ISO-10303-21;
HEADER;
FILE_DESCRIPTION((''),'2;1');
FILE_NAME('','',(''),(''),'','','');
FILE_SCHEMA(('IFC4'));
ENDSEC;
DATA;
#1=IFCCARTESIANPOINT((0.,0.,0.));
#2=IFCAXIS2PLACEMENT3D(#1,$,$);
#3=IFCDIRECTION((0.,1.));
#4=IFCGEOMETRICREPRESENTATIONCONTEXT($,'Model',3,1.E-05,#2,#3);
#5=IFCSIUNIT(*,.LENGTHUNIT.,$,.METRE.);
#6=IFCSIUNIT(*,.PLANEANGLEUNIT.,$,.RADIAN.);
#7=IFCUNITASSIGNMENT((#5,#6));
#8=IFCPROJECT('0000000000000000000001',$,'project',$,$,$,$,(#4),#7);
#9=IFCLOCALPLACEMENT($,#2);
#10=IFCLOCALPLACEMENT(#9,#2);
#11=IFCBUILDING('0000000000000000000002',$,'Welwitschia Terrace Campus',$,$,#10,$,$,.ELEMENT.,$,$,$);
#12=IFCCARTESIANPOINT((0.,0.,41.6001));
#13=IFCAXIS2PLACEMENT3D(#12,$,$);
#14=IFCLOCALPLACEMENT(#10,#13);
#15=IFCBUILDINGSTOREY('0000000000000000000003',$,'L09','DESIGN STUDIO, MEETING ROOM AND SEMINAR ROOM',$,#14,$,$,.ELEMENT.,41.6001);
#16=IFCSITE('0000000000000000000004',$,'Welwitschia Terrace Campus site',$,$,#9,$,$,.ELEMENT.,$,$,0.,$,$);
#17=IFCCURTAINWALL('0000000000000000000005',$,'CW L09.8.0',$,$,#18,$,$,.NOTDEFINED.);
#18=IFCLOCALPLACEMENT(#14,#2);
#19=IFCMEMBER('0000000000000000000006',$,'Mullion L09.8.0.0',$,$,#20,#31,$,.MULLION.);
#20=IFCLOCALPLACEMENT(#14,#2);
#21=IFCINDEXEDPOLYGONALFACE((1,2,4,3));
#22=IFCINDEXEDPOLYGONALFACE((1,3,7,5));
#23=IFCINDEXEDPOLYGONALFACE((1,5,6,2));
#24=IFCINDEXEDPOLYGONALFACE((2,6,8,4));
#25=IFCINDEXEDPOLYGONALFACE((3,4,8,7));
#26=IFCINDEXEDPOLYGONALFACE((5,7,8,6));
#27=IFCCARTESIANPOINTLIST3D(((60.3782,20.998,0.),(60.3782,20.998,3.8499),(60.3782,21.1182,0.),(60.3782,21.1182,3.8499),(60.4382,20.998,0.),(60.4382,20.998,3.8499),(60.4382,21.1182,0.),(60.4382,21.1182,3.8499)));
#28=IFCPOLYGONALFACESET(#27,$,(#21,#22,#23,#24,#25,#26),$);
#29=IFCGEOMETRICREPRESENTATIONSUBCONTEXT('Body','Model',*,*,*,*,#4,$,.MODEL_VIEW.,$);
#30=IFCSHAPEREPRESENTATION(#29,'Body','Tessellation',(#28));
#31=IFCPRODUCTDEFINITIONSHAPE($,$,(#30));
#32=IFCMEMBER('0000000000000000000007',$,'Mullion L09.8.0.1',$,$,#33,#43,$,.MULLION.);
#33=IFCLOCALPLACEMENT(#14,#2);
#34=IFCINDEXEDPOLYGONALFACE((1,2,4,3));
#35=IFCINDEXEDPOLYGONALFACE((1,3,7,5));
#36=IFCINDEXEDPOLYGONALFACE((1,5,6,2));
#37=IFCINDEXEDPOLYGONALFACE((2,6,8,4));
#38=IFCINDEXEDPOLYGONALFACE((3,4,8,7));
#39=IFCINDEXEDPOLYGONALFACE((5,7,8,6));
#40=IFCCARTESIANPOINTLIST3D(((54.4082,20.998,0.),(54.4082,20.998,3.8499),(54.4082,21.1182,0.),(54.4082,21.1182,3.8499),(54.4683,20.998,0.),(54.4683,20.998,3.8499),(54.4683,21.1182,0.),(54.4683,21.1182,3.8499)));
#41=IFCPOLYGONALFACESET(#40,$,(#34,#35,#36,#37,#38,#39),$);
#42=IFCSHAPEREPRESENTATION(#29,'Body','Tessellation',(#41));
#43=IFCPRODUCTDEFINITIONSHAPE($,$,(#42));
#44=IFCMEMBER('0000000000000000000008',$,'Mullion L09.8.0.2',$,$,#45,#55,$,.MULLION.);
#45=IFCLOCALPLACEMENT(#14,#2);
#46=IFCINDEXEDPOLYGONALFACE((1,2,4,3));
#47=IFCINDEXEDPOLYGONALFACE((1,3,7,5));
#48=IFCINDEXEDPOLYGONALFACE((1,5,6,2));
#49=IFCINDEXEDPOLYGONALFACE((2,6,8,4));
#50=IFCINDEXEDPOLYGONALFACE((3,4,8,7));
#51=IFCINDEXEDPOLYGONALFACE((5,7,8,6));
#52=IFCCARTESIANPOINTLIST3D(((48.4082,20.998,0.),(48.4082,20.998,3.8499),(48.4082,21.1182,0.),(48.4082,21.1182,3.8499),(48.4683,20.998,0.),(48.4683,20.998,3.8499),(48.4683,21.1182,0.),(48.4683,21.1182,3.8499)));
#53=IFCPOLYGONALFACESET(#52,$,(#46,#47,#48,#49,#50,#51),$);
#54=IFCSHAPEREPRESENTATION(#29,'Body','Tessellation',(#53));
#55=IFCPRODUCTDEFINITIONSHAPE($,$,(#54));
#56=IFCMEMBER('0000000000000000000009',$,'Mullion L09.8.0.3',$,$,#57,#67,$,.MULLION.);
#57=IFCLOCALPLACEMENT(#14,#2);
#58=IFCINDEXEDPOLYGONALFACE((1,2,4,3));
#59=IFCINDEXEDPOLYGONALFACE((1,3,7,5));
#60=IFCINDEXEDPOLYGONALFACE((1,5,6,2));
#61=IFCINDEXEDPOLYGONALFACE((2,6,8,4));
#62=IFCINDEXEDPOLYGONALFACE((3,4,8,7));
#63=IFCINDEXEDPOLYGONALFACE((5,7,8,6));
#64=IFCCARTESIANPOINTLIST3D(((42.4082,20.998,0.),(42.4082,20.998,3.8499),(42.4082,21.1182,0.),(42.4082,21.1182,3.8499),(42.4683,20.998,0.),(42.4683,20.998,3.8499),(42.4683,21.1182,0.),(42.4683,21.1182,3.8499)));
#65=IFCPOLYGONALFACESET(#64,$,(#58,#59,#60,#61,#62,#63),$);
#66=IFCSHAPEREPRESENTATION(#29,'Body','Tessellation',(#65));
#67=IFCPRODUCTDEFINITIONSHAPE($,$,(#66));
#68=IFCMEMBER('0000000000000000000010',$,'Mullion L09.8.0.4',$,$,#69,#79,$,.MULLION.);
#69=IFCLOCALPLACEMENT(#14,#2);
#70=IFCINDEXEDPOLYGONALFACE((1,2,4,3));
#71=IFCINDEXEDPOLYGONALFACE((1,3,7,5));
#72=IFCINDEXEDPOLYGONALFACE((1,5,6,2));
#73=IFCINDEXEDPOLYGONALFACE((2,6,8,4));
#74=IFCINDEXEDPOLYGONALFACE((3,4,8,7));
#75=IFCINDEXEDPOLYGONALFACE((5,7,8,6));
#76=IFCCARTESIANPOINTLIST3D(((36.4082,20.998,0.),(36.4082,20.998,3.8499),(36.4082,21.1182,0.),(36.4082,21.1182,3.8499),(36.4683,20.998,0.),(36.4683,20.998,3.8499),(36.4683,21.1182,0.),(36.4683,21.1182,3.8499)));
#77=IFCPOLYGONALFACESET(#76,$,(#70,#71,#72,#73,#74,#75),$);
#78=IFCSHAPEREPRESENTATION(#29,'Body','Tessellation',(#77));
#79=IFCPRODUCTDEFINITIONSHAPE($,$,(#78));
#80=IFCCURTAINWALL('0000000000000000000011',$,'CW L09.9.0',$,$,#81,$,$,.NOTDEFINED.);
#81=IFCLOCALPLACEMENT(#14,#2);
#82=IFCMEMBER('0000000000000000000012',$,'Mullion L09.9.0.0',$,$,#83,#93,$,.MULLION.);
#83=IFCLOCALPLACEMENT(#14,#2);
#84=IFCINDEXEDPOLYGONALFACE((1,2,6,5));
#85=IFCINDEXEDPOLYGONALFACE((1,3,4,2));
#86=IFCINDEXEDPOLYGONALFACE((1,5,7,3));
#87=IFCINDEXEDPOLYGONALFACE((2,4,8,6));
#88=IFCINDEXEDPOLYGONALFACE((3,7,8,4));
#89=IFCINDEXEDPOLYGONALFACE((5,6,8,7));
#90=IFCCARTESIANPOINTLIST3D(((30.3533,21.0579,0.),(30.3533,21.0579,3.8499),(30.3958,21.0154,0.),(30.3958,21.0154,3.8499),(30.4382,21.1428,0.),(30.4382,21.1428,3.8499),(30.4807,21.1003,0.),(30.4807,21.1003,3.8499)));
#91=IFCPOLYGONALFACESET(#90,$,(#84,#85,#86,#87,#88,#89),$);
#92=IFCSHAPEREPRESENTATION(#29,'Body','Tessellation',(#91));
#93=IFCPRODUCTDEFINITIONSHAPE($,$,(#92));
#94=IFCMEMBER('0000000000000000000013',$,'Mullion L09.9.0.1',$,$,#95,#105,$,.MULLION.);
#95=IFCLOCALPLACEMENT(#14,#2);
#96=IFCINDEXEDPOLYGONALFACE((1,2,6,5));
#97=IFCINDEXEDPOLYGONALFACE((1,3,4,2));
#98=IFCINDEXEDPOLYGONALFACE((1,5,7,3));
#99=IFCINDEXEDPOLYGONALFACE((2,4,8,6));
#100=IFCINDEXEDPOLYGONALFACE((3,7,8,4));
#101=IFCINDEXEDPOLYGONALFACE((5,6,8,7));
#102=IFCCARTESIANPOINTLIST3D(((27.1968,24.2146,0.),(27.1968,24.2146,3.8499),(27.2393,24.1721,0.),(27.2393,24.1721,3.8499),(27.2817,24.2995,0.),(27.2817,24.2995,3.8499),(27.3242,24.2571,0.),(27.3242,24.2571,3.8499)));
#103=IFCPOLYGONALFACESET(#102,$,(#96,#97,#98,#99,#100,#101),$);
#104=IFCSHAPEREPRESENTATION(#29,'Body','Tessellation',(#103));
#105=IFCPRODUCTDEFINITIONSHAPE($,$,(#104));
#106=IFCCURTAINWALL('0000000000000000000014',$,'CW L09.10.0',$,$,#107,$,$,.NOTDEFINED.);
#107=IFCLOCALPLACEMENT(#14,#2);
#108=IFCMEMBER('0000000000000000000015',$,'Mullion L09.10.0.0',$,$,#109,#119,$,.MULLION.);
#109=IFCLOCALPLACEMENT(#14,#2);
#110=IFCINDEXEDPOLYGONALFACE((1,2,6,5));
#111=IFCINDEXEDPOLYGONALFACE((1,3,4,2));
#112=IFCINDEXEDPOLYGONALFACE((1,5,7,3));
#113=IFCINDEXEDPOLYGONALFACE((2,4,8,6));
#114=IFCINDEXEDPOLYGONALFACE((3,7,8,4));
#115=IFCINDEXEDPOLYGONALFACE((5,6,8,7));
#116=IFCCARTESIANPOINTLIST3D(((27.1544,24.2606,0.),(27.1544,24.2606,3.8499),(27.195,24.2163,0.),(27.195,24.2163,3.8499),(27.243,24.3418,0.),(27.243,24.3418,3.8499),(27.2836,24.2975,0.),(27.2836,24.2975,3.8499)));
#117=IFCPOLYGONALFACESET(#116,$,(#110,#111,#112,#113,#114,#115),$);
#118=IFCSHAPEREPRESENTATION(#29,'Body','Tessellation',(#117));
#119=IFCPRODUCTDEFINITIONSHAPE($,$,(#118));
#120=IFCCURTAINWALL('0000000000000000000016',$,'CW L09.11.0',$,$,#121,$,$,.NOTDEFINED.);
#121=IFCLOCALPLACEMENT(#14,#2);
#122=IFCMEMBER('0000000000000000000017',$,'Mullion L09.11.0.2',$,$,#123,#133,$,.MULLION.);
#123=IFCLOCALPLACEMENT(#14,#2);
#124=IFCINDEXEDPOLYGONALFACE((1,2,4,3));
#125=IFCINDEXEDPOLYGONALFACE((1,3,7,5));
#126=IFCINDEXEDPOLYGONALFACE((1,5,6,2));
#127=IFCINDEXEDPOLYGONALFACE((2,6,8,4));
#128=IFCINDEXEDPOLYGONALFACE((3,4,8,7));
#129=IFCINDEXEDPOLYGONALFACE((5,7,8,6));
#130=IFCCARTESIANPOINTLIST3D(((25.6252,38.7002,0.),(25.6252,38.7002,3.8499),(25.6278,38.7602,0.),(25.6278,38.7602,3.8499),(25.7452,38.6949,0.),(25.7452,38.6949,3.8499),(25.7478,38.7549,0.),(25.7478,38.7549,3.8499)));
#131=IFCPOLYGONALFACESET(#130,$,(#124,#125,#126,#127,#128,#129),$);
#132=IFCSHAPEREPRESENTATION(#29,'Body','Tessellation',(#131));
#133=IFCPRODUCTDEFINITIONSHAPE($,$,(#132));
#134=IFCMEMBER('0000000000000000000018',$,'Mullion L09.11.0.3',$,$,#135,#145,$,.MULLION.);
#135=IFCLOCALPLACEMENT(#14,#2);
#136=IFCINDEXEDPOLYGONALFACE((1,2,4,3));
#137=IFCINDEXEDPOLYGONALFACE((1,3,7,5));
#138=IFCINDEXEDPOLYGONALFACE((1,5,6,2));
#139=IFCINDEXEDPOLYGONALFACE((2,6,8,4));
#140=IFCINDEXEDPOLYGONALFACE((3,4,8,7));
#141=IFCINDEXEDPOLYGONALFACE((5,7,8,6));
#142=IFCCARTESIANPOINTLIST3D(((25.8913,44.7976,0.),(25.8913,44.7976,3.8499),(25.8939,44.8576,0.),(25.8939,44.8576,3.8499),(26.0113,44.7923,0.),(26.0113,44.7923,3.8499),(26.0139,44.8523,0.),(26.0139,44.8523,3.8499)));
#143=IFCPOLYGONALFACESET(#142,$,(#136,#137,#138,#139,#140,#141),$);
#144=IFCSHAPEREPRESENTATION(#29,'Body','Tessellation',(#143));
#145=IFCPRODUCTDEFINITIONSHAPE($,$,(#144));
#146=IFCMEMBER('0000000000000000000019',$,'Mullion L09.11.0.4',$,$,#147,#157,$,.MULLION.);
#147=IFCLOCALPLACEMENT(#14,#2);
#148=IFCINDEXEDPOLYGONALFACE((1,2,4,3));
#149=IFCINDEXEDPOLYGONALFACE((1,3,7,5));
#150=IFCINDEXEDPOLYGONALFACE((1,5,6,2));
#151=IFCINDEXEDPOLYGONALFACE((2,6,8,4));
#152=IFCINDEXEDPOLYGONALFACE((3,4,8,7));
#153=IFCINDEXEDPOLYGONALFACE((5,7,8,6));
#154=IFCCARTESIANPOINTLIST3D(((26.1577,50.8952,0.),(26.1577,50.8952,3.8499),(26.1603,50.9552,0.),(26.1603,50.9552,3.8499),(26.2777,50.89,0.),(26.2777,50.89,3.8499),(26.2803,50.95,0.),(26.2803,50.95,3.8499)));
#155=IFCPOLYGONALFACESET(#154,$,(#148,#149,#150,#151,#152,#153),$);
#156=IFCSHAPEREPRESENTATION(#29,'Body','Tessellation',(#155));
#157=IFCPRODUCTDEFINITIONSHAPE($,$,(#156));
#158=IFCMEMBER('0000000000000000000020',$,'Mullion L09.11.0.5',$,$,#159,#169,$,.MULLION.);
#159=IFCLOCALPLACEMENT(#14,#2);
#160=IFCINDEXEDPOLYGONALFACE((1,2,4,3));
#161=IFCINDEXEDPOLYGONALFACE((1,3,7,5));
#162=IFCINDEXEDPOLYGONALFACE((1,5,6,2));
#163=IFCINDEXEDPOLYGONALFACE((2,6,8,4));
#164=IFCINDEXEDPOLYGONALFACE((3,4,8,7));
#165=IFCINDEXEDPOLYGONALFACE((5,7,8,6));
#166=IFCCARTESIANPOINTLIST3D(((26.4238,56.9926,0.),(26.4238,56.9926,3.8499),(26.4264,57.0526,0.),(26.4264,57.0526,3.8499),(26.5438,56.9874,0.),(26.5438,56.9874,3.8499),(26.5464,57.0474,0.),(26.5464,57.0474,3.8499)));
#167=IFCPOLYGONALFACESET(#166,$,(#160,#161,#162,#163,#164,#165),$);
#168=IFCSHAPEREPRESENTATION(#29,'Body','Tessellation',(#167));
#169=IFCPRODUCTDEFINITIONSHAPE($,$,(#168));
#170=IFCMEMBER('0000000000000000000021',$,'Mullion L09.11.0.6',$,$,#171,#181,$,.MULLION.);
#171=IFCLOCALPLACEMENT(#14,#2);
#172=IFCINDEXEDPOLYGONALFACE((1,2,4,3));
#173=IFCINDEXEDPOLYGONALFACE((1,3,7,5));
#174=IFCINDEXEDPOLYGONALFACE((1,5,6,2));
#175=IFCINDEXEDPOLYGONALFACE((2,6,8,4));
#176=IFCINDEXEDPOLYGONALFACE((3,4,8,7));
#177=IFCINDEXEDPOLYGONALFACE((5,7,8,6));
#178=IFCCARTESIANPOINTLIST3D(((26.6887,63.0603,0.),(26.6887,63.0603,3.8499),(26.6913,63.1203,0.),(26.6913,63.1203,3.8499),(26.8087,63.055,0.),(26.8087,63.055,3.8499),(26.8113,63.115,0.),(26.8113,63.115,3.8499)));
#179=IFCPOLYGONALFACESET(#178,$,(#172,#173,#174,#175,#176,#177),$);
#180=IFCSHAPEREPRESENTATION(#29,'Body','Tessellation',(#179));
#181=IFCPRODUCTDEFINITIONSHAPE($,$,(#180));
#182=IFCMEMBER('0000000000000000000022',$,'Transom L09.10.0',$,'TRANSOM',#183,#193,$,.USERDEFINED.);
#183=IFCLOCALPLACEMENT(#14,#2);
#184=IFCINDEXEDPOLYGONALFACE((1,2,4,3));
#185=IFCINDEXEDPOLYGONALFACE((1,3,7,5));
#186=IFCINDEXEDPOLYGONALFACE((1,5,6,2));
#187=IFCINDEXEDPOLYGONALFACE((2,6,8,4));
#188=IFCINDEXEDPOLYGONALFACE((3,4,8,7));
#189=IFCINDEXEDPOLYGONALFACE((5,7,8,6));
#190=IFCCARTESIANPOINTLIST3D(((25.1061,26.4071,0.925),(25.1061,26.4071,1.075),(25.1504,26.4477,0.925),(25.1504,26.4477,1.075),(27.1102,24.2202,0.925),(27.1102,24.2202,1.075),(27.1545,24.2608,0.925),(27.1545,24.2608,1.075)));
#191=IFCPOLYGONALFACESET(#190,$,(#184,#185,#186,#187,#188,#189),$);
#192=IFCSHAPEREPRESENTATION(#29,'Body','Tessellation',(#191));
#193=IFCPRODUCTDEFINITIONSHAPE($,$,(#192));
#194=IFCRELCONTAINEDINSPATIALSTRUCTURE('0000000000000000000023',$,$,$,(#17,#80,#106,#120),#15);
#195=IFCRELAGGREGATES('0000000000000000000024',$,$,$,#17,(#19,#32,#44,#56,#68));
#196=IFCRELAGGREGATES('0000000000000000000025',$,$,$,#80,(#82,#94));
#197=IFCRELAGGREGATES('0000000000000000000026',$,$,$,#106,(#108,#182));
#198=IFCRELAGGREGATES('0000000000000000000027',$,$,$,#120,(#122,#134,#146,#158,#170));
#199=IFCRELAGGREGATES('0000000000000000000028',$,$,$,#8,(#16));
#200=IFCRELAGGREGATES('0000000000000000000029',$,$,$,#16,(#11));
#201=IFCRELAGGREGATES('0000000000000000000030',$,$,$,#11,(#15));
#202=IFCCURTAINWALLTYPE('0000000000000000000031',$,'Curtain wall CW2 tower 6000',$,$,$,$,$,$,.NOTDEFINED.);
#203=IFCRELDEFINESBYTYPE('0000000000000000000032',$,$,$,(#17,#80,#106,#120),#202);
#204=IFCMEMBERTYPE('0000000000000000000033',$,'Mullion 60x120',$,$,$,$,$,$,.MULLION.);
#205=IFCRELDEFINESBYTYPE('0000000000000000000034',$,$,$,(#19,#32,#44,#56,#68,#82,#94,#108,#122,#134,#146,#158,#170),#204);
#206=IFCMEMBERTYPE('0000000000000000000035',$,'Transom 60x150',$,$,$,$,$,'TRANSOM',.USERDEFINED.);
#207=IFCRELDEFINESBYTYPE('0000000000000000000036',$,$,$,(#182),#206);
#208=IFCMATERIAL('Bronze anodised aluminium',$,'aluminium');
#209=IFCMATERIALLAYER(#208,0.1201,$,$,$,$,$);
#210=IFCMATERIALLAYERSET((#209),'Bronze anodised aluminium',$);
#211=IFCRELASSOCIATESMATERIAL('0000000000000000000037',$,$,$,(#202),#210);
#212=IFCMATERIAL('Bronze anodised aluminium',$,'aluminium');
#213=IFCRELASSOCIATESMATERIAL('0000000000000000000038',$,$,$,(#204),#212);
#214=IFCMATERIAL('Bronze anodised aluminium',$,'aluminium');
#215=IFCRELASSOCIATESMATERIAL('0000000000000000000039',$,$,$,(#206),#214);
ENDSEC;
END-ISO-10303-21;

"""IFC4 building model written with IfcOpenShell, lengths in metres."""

from ifc_helpers import new_model, si_unit, direction, frame, origin, origin_2d, place, context, subcontext, project, spatial, rectangle, extrude, material, layer, layer_set, material_profile, profile_set, type_object, element, aggregate, save


model = new_model("IFC4")

# Units and contexts
model_context = context("Model", 3, precision=1e-05, world=origin(), true_north=direction((0.0, 1.0)))
body_context = subcontext(model_context, "Body", "Model", "MODEL_VIEW")
ifc_project = project(units=[si_unit("LENGTHUNIT", "METRE"), si_unit("PLANEANGLEUNIT", "RADIAN")], contexts=[model_context])

# Site, building, storey
site_placement = place(None, origin())
site = spatial("IfcSite", under=ifc_project, at=site_placement, Name="Welwitschia Terrace Campus site", CompositionType="ELEMENT", RefElevation=0.0)
building_placement = place(site_placement, origin())
building = spatial("IfcBuilding", under=site, at=building_placement, Name="Welwitschia Terrace Campus", CompositionType="ELEMENT")
storey_placement = place(building_placement, frame((0.0, 0.0, 41.6001)))
storey = spatial("IfcBuildingStorey", under=building, at=storey_placement, Name="L09", Description="DESIGN STUDIO, MEETING ROOM AND SEMINAR ROOM", CompositionType="ELEMENT", Elevation=41.6001)

# Curtain walls, members
ifc_material_1 = material(Name="Bronze anodised aluminium", Category="aluminium")
ifc_layer_1 = layer(ifc_material_1, 0.1201)
ifc_layer_set_1 = layer_set([ifc_layer_1], Name="Bronze anodised aluminium")
curtain_wall_type = type_object("IfcCurtainWallType", Name="Curtain wall CW2 tower 6000", PredefinedType="NOTDEFINED", material=ifc_layer_set_1)
curtain_wall_1_placement = place(storey_placement, origin())
curtain_wall_1 = element("IfcCurtainWall", 1, at=curtain_wall_1_placement, inside=storey, type_object=curtain_wall_type, Name="CW L09.8.0", PredefinedType="NOTDEFINED")
ifc_material_2 = material(Name="Bronze anodised aluminium", Category="aluminium")
ifc_material_profile_1 = material_profile(ifc_material_2, rectangle(XDim=0.1201, YDim=0.0601, at=origin_2d()))
ifc_profile_set_1 = profile_set([ifc_material_profile_1], Name="Bronze anodised aluminium")
member_type_1 = type_object("IfcMemberType", Name="Mullion 60x120", PredefinedType="MULLION", material=ifc_profile_set_1)
member_1_placement = place(storey_placement, frame((60.4082, 21.0581, 0.0), z_axis=(0.0, 0.0, 1.0), x_axis=(0.0, -1.0, 0.0)))
member_1 = element("IfcMember", 2, at=member_1_placement, type_object=member_type_1, Name="Mullion L09.8.0.0", PredefinedType="MULLION", context=body_context, shape_type="SweptSolid", body=[
    extrude(rectangle(XDim=0.1201, YDim=0.0601, at=origin_2d()), origin(), (0.0, 0.0, 1.0), 3.8499),
])
member_2_placement = place(storey_placement, frame((54.4382, 21.0581, 0.0), z_axis=(0.0, 0.0, 1.0), x_axis=(0.0, -1.0, 0.0)))
member_2 = element("IfcMember", 3, at=member_2_placement, type_object=member_type_1, Name="Mullion L09.8.0.1", PredefinedType="MULLION", context=body_context, shape_type="SweptSolid", body=[
    extrude(rectangle(XDim=0.1201, YDim=0.0601, at=origin_2d()), origin(), (0.0, 0.0, 1.0), 3.8499),
])
member_3_placement = place(storey_placement, frame((48.4382, 21.0581, 0.0), z_axis=(0.0, 0.0, 1.0), x_axis=(0.0, -1.0, 0.0)))
member_3 = element("IfcMember", 4, at=member_3_placement, type_object=member_type_1, Name="Mullion L09.8.0.2", PredefinedType="MULLION", context=body_context, shape_type="SweptSolid", body=[
    extrude(rectangle(XDim=0.1201, YDim=0.0601, at=origin_2d()), origin(), (0.0, 0.0, 1.0), 3.8499),
])
member_4_placement = place(storey_placement, frame((42.4382, 21.0581, 0.0), z_axis=(0.0, 0.0, 1.0), x_axis=(0.0, -1.0, 0.0)))
member_4 = element("IfcMember", 5, at=member_4_placement, type_object=member_type_1, Name="Mullion L09.8.0.3", PredefinedType="MULLION", context=body_context, shape_type="SweptSolid", body=[
    extrude(rectangle(XDim=0.1201, YDim=0.0601, at=origin_2d()), origin(), (0.0, 0.0, 1.0), 3.8499),
])
member_5_placement = place(storey_placement, frame((36.4382, 21.0581, 0.0), z_axis=(0.0, 0.0, 1.0), x_axis=(0.0, -1.0, 0.0)))
member_5 = element("IfcMember", 6, at=member_5_placement, type_object=member_type_1, Name="Mullion L09.8.0.4", PredefinedType="MULLION", context=body_context, shape_type="SweptSolid", body=[
    extrude(rectangle(XDim=0.1201, YDim=0.0601, at=origin_2d()), origin(), (0.0, 0.0, 1.0), 3.8499),
])
curtain_wall_2_placement = place(storey_placement, origin())
curtain_wall_2 = element("IfcCurtainWall", 7, at=curtain_wall_2_placement, inside=storey, type_object=curtain_wall_type, Name="CW L09.9.0", PredefinedType="NOTDEFINED")
member_6_placement = place(storey_placement, frame((30.417, 21.0791, 0.0), z_axis=(0.0, 0.0, 1.0), x_axis=(-0.707107, -0.707107, 0.0)))
member_6 = element("IfcMember", 8, at=member_6_placement, type_object=member_type_1, Name="Mullion L09.9.0.0", PredefinedType="MULLION", context=body_context, shape_type="SweptSolid", body=[
    extrude(rectangle(XDim=0.1201, YDim=0.0601, at=origin_2d()), origin(), (0.0, 0.0, 1.0), 3.8499),
])
member_7_placement = place(storey_placement, frame((27.2605, 24.2358, 0.0), z_axis=(0.0, 0.0, 1.0), x_axis=(-0.707107, -0.707107, 0.0)))
member_7 = element("IfcMember", 9, at=member_7_placement, type_object=member_type_1, Name="Mullion L09.9.0.1", PredefinedType="MULLION", context=body_context, shape_type="SweptSolid", body=[
    extrude(rectangle(XDim=0.1201, YDim=0.0601, at=origin_2d()), origin(), (0.0, 0.0, 1.0), 3.8499),
])

# Curtain wall, member
curtain_wall_3_placement = place(storey_placement, origin())
curtain_wall_3 = element("IfcCurtainWall", 10, at=curtain_wall_3_placement, inside=storey, type_object=curtain_wall_type, Name="CW L09.10.0", PredefinedType="NOTDEFINED")
member_8_placement = place(storey_placement, frame((27.219, 24.2791, 0.0), z_axis=(0.0, 0.0, 1.0), x_axis=(-0.737277, -0.67559, 0.0)))
member_8 = element("IfcMember", 11, at=member_8_placement, type_object=member_type_1, Name="Mullion L09.10.0.0", PredefinedType="MULLION", context=body_context, shape_type="SweptSolid", body=[
    extrude(rectangle(XDim=0.1201, YDim=0.0601, at=origin_2d()), origin(), (0.0, 0.0, 1.0), 3.8499),
])

# Curtain wall, members
curtain_wall_4_placement = place(storey_placement, origin())
curtain_wall_4 = element("IfcCurtainWall", 12, at=curtain_wall_4_placement, inside=storey, type_object=curtain_wall_type, Name="CW L09.11.0", PredefinedType="NOTDEFINED")
member_9_placement = place(storey_placement, frame((25.6865, 38.7275, 0.0), z_axis=(0.0, 0.0, 1.0), x_axis=(-0.999048, 0.043619, 0.0)))
member_9 = element("IfcMember", 13, at=member_9_placement, type_object=member_type_1, Name="Mullion L09.11.0.2", PredefinedType="MULLION", context=body_context, shape_type="SweptSolid", body=[
    extrude(rectangle(XDim=0.1201, YDim=0.0601, at=origin_2d()), origin(), (0.0, 0.0, 1.0), 3.8499),
])
member_10_placement = place(storey_placement, frame((25.9526, 44.825, 0.0), z_axis=(0.0, 0.0, 1.0), x_axis=(-0.999048, 0.043619, 0.0)))
member_10 = element("IfcMember", 14, at=member_10_placement, type_object=member_type_1, Name="Mullion L09.11.0.3", PredefinedType="MULLION", context=body_context, shape_type="SweptSolid", body=[
    extrude(rectangle(XDim=0.1201, YDim=0.0601, at=origin_2d()), origin(), (0.0, 0.0, 1.0), 3.8499),
])
member_11_placement = place(storey_placement, frame((26.219, 50.9226, 0.0), z_axis=(0.0, 0.0, 1.0), x_axis=(-0.999048, 0.043619, 0.0)))
member_11 = element("IfcMember", 15, at=member_11_placement, type_object=member_type_1, Name="Mullion L09.11.0.4", PredefinedType="MULLION", context=body_context, shape_type="SweptSolid", body=[
    extrude(rectangle(XDim=0.1201, YDim=0.0601, at=origin_2d()), origin(), (0.0, 0.0, 1.0), 3.8499),
])
member_12_placement = place(storey_placement, frame((26.4851, 57.02, 0.0), z_axis=(0.0, 0.0, 1.0), x_axis=(-0.999048, 0.043619, 0.0)))
member_12 = element("IfcMember", 16, at=member_12_placement, type_object=member_type_1, Name="Mullion L09.11.0.5", PredefinedType="MULLION", context=body_context, shape_type="SweptSolid", body=[
    extrude(rectangle(XDim=0.1201, YDim=0.0601, at=origin_2d()), origin(), (0.0, 0.0, 1.0), 3.8499),
])
member_13_placement = place(storey_placement, frame((26.75, 63.0876, 0.0), z_axis=(0.0, 0.0, 1.0), x_axis=(-0.999048, 0.043619, 0.0)))
member_13 = element("IfcMember", 17, at=member_13_placement, type_object=member_type_1, Name="Mullion L09.11.0.6", PredefinedType="MULLION", context=body_context, shape_type="SweptSolid", body=[
    extrude(rectangle(XDim=0.1201, YDim=0.0601, at=origin_2d()), origin(), (0.0, 0.0, 1.0), 3.8499),
])

# Member
ifc_material_3 = material(Name="Bronze anodised aluminium", Category="aluminium")
ifc_material_profile_2 = material_profile(ifc_material_3, rectangle(XDim=0.0601, YDim=0.1499, at=origin_2d()))
ifc_profile_set_2 = profile_set([ifc_material_profile_2], Name="Bronze anodised aluminium")
member_type_2 = type_object("IfcMemberType", Name="Transom 60x150", ElementType="TRANSOM", PredefinedType="USERDEFINED", material=ifc_profile_set_2)
member_14_placement = place(storey_placement, frame((27.1323, 24.2405, 1.0), z_axis=(-0.675613, 0.737257, 0.0), x_axis=(-0.737257, -0.675613, 0.0)))
member_14 = element("IfcMember", 18, at=member_14_placement, type_object=member_type_2, Name="Transom L09.10.0", ObjectType="TRANSOM", PredefinedType="USERDEFINED", context=body_context, shape_type="SweptSolid", body=[
    extrude(rectangle(XDim=0.0601, YDim=0.1499, at=origin_2d()), origin(), (0.0, 0.0, 1.0), 2.9663),
])

aggregate(curtain_wall_1, [member_1, member_2, member_3, member_4, member_5])
aggregate(curtain_wall_2, [member_6, member_7])
aggregate(curtain_wall_3, [member_8, member_14])
aggregate(curtain_wall_4, [member_9, member_10, member_11, member_12, member_13])

save(model, "model.ifc")
